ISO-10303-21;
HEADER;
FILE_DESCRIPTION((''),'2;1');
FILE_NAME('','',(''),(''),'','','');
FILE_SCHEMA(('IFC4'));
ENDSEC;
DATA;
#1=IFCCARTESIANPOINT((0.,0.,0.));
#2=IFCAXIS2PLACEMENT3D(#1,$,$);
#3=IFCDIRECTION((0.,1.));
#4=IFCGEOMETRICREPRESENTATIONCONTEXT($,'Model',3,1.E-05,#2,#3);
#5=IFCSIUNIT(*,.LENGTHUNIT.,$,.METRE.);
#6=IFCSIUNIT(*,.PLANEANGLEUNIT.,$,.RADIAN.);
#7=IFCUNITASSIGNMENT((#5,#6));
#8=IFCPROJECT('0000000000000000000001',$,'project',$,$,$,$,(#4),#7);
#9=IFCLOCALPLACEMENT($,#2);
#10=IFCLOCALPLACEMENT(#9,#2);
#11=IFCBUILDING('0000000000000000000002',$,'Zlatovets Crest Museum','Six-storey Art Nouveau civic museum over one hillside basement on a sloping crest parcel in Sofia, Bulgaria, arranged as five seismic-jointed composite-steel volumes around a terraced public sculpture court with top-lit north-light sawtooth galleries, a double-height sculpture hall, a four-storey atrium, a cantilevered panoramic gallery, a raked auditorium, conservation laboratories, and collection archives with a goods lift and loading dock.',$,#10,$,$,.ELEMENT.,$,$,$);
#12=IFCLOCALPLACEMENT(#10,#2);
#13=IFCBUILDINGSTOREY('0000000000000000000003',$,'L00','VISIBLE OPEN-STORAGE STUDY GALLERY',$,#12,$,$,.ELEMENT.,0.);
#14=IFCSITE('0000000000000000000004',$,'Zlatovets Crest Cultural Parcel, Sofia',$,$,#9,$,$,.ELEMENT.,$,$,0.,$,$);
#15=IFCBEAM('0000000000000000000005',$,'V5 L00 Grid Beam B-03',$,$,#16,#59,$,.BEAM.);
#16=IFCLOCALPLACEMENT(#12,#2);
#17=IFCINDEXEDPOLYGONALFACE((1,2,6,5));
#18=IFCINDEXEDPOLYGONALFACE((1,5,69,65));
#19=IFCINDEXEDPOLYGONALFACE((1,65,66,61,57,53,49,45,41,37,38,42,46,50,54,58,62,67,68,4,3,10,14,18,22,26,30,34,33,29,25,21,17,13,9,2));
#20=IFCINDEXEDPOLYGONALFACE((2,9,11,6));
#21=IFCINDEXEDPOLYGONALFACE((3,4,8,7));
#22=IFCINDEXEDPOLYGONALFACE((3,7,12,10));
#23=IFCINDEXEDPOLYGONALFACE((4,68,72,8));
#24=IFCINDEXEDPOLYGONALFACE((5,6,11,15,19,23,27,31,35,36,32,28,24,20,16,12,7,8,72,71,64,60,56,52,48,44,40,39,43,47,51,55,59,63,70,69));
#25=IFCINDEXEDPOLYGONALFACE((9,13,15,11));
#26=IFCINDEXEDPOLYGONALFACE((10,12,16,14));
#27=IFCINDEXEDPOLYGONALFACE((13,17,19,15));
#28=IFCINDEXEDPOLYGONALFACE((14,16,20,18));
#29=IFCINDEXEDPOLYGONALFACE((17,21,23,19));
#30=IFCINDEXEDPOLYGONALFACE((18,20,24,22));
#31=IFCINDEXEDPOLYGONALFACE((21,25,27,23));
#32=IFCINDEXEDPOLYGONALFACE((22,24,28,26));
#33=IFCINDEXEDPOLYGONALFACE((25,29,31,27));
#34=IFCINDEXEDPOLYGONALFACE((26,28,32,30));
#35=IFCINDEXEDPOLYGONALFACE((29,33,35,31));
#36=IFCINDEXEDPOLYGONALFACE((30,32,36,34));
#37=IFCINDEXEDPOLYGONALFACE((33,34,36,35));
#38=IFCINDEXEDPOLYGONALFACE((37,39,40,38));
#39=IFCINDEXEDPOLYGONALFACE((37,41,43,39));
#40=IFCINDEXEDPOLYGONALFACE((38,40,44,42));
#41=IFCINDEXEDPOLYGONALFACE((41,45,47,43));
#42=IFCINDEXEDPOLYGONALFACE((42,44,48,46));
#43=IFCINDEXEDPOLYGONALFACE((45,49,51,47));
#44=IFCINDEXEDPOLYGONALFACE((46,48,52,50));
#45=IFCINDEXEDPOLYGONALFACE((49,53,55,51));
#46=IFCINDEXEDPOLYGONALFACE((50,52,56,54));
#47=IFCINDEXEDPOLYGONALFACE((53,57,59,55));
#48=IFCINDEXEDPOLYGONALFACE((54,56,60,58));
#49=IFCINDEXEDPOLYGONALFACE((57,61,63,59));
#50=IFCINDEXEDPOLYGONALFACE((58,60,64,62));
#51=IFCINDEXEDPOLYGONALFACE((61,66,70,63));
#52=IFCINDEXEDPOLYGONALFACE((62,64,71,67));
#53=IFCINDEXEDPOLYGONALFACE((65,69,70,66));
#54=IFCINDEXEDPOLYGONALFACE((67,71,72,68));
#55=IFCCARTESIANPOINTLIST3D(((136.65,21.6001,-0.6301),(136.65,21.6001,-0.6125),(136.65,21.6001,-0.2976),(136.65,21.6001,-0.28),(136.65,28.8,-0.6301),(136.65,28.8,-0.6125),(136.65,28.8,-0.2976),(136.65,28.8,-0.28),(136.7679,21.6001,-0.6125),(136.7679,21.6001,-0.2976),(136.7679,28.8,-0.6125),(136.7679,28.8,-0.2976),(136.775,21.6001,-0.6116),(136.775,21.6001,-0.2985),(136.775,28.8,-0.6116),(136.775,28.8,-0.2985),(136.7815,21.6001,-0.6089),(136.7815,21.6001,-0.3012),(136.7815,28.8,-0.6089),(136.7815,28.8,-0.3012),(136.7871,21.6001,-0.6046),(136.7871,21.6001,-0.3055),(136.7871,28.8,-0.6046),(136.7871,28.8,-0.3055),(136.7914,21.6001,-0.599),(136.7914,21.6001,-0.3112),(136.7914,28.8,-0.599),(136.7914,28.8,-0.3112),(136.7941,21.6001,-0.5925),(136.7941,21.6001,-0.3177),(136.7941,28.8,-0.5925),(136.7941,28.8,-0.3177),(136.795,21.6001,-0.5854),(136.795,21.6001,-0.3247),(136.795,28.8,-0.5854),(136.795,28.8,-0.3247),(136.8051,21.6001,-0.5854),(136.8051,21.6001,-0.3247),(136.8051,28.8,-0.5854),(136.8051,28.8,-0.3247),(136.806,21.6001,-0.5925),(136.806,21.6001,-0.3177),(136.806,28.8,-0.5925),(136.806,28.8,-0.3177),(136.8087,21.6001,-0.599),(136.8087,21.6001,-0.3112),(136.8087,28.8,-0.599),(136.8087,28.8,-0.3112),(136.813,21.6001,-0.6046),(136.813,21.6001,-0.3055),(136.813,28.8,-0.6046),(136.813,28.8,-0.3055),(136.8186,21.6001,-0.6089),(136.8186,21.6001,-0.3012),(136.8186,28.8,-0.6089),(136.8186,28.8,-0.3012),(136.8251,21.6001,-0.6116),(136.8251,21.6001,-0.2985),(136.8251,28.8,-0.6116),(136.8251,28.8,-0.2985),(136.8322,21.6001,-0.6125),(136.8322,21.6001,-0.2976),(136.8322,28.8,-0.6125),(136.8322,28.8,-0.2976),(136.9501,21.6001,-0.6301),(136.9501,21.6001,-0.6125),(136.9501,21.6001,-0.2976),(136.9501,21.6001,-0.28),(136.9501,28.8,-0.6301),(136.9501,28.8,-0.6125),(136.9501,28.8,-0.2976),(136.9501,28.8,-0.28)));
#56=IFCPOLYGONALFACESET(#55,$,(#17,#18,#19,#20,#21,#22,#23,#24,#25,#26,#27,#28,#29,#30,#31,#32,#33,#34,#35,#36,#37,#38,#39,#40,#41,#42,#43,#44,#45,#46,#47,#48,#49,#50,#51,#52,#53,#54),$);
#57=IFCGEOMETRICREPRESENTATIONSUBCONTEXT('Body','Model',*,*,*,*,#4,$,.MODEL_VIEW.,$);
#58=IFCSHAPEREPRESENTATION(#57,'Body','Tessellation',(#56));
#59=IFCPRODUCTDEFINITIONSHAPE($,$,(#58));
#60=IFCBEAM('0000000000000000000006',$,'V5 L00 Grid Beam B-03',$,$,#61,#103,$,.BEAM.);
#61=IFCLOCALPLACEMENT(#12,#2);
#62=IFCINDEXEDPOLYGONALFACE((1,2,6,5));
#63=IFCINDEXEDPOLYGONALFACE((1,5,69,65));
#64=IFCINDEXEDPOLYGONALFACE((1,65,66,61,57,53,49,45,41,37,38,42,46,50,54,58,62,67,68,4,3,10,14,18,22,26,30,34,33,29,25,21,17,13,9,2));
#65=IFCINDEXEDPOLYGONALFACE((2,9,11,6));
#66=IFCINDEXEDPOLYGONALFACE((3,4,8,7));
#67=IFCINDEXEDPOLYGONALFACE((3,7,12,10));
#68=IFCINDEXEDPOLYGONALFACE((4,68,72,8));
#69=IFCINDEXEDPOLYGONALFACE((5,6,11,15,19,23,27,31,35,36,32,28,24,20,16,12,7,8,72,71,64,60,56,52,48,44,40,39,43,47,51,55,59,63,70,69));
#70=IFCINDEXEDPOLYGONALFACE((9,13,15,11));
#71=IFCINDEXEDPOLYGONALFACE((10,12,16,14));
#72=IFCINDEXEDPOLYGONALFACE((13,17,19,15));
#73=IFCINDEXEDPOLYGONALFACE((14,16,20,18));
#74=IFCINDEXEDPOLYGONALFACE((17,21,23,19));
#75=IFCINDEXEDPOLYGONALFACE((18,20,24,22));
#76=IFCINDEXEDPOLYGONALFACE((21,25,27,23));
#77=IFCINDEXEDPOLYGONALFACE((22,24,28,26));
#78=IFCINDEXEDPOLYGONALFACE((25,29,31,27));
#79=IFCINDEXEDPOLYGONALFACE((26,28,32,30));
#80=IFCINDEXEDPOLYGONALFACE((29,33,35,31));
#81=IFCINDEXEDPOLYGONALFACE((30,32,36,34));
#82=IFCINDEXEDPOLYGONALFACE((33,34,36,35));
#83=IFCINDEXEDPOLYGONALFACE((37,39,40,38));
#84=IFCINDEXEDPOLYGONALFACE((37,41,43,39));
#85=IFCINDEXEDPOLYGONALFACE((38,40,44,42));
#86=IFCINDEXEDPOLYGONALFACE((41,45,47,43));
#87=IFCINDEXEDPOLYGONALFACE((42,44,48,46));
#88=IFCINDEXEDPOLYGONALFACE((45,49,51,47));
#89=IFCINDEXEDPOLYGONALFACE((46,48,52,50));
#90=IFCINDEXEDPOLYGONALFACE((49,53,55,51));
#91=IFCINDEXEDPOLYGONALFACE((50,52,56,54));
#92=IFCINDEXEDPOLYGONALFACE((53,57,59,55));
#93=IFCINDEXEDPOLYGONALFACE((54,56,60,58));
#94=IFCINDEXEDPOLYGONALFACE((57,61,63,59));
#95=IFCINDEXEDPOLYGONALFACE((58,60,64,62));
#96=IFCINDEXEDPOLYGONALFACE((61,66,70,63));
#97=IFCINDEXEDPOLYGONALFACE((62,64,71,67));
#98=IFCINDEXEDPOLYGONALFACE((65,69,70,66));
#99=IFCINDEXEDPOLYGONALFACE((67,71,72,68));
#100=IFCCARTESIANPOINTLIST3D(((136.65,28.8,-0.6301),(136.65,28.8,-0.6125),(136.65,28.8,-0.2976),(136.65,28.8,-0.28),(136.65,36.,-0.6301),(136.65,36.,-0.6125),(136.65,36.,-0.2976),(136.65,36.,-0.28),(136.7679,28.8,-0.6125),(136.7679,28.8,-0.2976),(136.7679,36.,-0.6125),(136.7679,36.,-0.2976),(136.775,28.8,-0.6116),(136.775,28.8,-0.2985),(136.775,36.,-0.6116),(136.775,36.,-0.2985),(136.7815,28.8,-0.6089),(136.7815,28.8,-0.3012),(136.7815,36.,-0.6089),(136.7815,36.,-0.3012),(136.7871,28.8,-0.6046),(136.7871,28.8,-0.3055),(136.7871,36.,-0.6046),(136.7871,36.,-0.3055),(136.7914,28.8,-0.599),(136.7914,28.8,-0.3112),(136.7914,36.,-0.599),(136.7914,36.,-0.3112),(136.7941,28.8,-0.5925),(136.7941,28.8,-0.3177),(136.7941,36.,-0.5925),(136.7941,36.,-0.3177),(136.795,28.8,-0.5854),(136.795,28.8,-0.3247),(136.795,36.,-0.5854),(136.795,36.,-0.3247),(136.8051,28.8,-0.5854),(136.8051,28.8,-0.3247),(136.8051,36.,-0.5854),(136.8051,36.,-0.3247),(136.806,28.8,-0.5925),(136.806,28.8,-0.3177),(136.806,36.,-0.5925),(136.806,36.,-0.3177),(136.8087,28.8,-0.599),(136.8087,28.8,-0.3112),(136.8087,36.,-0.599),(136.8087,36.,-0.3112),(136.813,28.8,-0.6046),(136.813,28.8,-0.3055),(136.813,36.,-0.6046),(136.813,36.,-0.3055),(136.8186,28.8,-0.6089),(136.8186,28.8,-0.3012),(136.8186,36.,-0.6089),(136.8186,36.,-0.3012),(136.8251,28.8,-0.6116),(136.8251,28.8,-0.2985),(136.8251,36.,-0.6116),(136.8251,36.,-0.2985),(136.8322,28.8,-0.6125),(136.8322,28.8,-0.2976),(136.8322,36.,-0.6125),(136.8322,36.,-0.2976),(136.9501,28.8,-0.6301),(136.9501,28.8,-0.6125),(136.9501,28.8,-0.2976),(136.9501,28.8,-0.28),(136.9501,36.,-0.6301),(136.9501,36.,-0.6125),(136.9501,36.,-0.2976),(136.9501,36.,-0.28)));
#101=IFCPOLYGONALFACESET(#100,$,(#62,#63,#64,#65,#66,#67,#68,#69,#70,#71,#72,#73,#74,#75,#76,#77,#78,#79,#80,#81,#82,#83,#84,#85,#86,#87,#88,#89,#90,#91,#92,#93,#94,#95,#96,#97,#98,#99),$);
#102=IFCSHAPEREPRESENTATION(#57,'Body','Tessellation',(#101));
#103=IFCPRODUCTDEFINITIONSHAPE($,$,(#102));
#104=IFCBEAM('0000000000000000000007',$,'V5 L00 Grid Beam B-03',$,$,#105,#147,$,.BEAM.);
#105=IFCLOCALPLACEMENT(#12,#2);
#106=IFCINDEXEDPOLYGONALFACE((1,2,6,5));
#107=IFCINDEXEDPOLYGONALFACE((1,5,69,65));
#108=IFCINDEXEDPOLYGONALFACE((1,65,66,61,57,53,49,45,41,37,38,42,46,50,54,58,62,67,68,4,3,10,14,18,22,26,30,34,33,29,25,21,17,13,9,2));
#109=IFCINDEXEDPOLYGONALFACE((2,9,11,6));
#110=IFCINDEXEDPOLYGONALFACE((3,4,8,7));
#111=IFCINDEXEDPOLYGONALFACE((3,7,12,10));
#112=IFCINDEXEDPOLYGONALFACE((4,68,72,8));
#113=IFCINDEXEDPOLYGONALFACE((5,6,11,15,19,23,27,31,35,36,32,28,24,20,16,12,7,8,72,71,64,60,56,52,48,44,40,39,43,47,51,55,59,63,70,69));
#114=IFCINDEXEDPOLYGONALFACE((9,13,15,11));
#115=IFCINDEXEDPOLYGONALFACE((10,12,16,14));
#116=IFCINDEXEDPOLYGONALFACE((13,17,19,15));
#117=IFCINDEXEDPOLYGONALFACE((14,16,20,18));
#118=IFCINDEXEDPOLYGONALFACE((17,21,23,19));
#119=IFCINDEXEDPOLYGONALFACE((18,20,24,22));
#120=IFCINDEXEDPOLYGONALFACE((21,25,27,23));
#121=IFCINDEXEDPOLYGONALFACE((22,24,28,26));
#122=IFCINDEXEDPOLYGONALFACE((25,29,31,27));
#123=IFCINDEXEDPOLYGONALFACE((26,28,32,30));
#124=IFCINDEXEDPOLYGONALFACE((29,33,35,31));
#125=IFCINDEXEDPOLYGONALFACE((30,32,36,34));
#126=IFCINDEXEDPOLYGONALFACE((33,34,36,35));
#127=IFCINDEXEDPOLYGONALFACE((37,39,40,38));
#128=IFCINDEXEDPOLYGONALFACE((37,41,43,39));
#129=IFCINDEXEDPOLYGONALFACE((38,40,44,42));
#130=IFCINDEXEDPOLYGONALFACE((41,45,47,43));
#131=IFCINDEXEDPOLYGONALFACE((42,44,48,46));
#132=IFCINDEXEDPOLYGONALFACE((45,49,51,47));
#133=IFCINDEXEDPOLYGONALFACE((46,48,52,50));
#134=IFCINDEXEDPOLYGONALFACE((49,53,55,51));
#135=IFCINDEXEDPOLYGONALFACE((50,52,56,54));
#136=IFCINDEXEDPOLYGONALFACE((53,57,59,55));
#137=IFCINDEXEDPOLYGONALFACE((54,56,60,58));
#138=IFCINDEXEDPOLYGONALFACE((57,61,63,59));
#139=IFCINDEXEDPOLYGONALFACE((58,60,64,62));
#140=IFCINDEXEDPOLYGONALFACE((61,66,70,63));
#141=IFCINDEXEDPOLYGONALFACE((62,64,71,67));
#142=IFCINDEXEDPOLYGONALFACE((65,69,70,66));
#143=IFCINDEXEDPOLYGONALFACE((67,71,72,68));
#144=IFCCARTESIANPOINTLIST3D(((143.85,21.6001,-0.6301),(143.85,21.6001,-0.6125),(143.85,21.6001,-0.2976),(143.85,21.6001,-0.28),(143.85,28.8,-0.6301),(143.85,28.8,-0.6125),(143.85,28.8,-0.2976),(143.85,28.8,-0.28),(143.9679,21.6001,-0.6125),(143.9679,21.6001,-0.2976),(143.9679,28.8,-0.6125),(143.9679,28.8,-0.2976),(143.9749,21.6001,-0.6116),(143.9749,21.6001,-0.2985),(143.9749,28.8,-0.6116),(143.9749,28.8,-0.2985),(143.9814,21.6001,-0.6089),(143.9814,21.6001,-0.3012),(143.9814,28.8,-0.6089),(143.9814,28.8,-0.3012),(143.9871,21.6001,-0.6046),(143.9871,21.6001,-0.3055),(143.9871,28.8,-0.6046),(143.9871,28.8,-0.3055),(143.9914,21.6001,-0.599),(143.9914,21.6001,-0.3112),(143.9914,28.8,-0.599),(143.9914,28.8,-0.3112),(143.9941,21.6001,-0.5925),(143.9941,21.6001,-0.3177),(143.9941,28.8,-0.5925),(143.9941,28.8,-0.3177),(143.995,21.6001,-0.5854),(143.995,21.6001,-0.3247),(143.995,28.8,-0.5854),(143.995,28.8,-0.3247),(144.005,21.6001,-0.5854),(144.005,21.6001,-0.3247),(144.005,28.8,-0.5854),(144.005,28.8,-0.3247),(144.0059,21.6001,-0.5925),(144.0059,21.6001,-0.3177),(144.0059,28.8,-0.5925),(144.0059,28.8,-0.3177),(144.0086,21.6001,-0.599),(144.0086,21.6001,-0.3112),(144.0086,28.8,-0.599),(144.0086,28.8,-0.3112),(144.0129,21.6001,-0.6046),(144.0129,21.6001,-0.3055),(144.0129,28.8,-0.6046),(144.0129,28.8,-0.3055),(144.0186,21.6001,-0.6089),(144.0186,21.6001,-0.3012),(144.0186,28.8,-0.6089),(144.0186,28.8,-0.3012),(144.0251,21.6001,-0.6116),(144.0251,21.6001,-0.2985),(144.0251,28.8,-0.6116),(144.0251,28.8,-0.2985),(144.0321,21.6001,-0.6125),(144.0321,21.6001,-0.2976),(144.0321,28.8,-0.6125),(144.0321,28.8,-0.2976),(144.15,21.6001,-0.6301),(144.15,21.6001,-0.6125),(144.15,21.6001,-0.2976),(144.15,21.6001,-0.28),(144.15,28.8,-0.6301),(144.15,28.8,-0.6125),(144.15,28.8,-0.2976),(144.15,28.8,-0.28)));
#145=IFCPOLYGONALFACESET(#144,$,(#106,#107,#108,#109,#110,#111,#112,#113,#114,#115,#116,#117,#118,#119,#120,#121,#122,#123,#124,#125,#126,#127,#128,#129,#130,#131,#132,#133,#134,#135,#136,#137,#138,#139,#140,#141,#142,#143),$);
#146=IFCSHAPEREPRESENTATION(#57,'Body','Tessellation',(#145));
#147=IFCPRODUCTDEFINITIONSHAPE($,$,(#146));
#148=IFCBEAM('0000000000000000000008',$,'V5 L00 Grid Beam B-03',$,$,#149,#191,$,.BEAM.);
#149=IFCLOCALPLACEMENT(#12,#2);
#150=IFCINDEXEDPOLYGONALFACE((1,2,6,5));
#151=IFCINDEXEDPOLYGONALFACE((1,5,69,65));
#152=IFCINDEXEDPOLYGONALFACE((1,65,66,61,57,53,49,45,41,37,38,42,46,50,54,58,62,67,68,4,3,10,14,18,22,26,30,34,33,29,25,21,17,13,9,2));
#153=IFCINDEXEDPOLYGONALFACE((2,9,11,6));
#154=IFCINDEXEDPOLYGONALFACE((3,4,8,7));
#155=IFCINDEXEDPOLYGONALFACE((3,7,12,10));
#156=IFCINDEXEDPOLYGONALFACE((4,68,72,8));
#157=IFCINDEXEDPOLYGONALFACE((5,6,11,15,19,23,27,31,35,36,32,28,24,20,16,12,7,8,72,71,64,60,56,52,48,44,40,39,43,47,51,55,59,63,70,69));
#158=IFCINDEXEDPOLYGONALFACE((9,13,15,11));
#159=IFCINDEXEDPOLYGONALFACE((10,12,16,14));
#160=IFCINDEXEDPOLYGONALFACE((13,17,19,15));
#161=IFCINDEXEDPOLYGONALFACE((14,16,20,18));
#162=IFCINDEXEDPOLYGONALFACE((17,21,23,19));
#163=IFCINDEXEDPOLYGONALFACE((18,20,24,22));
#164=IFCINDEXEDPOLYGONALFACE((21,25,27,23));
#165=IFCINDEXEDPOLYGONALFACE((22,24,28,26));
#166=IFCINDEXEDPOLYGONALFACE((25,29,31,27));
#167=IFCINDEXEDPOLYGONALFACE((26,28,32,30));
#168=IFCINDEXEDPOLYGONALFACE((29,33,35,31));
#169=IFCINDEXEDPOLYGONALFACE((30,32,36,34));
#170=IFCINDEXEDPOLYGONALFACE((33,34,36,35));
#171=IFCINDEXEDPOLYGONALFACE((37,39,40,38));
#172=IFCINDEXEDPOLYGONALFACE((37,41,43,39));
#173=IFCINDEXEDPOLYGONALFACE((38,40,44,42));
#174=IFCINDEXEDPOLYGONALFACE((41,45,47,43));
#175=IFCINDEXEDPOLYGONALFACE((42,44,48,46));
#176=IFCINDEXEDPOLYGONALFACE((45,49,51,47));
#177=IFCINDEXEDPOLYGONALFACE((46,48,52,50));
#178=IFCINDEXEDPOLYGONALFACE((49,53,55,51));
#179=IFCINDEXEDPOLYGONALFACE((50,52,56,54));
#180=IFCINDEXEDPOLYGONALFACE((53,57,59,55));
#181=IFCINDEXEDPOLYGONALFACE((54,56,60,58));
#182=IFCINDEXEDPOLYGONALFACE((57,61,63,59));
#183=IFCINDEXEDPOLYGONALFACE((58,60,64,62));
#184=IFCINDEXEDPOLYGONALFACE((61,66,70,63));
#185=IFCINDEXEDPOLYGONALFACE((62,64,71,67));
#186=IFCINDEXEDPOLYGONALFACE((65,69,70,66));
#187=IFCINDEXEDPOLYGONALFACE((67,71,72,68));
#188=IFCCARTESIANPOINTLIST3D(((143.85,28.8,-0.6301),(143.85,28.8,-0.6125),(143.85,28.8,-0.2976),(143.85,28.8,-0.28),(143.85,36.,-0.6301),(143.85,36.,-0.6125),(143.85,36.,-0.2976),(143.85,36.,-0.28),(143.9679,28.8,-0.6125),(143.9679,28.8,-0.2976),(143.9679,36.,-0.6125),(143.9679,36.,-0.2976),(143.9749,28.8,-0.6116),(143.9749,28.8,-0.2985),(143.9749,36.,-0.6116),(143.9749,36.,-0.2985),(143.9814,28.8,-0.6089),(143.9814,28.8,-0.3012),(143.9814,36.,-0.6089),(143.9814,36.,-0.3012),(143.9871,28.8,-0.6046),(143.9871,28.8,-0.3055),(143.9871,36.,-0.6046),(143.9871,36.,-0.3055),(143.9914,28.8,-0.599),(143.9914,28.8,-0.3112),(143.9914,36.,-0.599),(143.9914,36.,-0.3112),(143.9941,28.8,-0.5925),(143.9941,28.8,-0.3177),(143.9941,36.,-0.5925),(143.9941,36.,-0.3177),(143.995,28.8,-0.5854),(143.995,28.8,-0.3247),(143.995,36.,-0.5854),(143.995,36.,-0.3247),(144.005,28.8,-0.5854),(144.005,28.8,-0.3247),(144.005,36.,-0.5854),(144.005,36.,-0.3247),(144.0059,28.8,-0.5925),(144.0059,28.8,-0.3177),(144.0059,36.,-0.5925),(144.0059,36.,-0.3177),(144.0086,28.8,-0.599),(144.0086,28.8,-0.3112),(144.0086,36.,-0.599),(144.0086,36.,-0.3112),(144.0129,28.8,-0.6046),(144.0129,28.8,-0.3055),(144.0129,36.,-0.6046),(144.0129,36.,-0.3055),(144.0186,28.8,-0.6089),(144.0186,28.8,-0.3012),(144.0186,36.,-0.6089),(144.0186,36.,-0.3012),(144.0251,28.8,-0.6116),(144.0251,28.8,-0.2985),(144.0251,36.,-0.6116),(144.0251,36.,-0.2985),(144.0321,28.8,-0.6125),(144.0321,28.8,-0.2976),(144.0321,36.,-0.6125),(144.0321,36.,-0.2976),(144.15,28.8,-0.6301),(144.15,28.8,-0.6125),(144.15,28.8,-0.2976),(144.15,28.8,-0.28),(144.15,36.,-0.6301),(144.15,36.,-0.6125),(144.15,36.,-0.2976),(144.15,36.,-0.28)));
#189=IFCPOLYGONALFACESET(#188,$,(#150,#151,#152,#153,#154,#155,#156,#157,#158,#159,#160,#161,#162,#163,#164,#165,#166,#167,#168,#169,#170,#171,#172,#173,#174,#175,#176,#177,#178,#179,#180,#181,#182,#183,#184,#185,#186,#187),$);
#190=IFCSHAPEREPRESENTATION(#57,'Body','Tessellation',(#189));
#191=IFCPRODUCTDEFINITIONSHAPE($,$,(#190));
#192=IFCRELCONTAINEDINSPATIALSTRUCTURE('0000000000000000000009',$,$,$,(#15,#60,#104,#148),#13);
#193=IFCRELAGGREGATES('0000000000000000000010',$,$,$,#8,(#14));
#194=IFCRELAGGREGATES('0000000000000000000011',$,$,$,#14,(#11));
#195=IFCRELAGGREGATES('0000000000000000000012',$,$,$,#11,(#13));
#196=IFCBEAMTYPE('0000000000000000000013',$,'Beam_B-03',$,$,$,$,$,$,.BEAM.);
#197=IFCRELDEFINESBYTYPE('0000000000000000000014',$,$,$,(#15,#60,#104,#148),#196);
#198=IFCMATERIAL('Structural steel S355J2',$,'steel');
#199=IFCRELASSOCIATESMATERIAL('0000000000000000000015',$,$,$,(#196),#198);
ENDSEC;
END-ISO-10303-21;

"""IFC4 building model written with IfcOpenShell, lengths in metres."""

from ifc_helpers import new_model, si_unit, direction, frame, origin, origin_2d, place, context, subcontext, project, spatial, i_section, extrude, material, material_profile, profile_set, type_object, element, save


model = new_model("IFC4")

# Units and contexts
model_context = context("Model", 3, precision=1e-05, world=origin(), true_north=direction((0.0, 1.0)))
body_context = subcontext(model_context, "Body", "Model", "MODEL_VIEW")
ifc_project = project(units=[si_unit("LENGTHUNIT", "METRE"), si_unit("PLANEANGLEUNIT", "RADIAN")], contexts=[model_context])

# Site, building, storey
site_placement = place(None, origin())
site = spatial("IfcSite", under=ifc_project, at=site_placement, Name="Zlatovets Crest Cultural Parcel, Sofia", CompositionType="ELEMENT", RefElevation=0.0)
building_placement = place(site_placement, origin())
building = spatial("IfcBuilding", under=site, at=building_placement, Name="Zlatovets Crest Museum", Description="Six-storey Art Nouveau civic museum over one hillside basement on a sloping crest parcel in Sofia, Bulgaria, arranged as five seismic-jointed composite-steel volumes around a terraced public sculpture court with top-lit north-light sawtooth galleries, a double-height sculpture hall, a four-storey atrium, a cantilevered panoramic gallery, a raked auditorium, conservation laboratories, and collection archives with a goods lift and loading dock.", CompositionType="ELEMENT")
storey_placement = place(building_placement, origin())
storey = spatial("IfcBuildingStorey", under=building, at=storey_placement, Name="L00", Description="VISIBLE OPEN-STORAGE STUDY GALLERY", CompositionType="ELEMENT", Elevation=0.0)

# Shared definitions
ifc_material = material(Name="Structural steel S355J2", Category="steel")

# Beams
ifc_material_profile_1 = material_profile(ifc_material, i_section(OverallWidth=0.3, OverallDepth=0.3501, WebThickness=0.01, FlangeThickness=0.0176, FilletRadius=0.0271, at=origin_2d()), Name="HEA 360")
ifc_profile_set_1 = profile_set([ifc_material_profile_1], Name="Structural steel S355J2")
beam_type_1 = type_object("IfcBeamType", Name="Beam_B-03", PredefinedType="BEAM", material=ifc_profile_set_1)
for number, where, z_axis, x_axis, name in (
    (1, (136.8, 21.6001, -0.4551), (0.0, 1.0, 0.0), (-1.0, 0.0, 0.0), "V5 L00 Grid Beam B-03"),
    (2, (136.8, 28.8, -0.4551), (0.0, 1.0, 0.0), (-1.0, 0.0, 0.0), "V5 L00 Grid Beam B-03"),
    (3, (144.0, 21.6001, -0.4551), (0.0, 1.0, 0.0), (-1.0, 0.0, 0.0), "V5 L00 Grid Beam B-03"),
    (4, (144.0, 28.8, -0.4551), (0.0, 1.0, 0.0), (-1.0, 0.0, 0.0), "V5 L00 Grid Beam B-03"),
):
    element("IfcBeam", number, at=place(storey_placement, frame(where, z_axis=z_axis, x_axis=x_axis)), inside=storey, type_object=beam_type_1, Name=name, PredefinedType="BEAM", context=body_context, shape_type="SweptSolid", body=[
        extrude(i_section(OverallWidth=0.3, OverallDepth=0.3501, WebThickness=0.01, FlangeThickness=0.0176, FilletRadius=0.0271, at=origin_2d()), origin(), (0.0, 0.0, 1.0), 7.2),
    ])

save(model, "model.ifc")
